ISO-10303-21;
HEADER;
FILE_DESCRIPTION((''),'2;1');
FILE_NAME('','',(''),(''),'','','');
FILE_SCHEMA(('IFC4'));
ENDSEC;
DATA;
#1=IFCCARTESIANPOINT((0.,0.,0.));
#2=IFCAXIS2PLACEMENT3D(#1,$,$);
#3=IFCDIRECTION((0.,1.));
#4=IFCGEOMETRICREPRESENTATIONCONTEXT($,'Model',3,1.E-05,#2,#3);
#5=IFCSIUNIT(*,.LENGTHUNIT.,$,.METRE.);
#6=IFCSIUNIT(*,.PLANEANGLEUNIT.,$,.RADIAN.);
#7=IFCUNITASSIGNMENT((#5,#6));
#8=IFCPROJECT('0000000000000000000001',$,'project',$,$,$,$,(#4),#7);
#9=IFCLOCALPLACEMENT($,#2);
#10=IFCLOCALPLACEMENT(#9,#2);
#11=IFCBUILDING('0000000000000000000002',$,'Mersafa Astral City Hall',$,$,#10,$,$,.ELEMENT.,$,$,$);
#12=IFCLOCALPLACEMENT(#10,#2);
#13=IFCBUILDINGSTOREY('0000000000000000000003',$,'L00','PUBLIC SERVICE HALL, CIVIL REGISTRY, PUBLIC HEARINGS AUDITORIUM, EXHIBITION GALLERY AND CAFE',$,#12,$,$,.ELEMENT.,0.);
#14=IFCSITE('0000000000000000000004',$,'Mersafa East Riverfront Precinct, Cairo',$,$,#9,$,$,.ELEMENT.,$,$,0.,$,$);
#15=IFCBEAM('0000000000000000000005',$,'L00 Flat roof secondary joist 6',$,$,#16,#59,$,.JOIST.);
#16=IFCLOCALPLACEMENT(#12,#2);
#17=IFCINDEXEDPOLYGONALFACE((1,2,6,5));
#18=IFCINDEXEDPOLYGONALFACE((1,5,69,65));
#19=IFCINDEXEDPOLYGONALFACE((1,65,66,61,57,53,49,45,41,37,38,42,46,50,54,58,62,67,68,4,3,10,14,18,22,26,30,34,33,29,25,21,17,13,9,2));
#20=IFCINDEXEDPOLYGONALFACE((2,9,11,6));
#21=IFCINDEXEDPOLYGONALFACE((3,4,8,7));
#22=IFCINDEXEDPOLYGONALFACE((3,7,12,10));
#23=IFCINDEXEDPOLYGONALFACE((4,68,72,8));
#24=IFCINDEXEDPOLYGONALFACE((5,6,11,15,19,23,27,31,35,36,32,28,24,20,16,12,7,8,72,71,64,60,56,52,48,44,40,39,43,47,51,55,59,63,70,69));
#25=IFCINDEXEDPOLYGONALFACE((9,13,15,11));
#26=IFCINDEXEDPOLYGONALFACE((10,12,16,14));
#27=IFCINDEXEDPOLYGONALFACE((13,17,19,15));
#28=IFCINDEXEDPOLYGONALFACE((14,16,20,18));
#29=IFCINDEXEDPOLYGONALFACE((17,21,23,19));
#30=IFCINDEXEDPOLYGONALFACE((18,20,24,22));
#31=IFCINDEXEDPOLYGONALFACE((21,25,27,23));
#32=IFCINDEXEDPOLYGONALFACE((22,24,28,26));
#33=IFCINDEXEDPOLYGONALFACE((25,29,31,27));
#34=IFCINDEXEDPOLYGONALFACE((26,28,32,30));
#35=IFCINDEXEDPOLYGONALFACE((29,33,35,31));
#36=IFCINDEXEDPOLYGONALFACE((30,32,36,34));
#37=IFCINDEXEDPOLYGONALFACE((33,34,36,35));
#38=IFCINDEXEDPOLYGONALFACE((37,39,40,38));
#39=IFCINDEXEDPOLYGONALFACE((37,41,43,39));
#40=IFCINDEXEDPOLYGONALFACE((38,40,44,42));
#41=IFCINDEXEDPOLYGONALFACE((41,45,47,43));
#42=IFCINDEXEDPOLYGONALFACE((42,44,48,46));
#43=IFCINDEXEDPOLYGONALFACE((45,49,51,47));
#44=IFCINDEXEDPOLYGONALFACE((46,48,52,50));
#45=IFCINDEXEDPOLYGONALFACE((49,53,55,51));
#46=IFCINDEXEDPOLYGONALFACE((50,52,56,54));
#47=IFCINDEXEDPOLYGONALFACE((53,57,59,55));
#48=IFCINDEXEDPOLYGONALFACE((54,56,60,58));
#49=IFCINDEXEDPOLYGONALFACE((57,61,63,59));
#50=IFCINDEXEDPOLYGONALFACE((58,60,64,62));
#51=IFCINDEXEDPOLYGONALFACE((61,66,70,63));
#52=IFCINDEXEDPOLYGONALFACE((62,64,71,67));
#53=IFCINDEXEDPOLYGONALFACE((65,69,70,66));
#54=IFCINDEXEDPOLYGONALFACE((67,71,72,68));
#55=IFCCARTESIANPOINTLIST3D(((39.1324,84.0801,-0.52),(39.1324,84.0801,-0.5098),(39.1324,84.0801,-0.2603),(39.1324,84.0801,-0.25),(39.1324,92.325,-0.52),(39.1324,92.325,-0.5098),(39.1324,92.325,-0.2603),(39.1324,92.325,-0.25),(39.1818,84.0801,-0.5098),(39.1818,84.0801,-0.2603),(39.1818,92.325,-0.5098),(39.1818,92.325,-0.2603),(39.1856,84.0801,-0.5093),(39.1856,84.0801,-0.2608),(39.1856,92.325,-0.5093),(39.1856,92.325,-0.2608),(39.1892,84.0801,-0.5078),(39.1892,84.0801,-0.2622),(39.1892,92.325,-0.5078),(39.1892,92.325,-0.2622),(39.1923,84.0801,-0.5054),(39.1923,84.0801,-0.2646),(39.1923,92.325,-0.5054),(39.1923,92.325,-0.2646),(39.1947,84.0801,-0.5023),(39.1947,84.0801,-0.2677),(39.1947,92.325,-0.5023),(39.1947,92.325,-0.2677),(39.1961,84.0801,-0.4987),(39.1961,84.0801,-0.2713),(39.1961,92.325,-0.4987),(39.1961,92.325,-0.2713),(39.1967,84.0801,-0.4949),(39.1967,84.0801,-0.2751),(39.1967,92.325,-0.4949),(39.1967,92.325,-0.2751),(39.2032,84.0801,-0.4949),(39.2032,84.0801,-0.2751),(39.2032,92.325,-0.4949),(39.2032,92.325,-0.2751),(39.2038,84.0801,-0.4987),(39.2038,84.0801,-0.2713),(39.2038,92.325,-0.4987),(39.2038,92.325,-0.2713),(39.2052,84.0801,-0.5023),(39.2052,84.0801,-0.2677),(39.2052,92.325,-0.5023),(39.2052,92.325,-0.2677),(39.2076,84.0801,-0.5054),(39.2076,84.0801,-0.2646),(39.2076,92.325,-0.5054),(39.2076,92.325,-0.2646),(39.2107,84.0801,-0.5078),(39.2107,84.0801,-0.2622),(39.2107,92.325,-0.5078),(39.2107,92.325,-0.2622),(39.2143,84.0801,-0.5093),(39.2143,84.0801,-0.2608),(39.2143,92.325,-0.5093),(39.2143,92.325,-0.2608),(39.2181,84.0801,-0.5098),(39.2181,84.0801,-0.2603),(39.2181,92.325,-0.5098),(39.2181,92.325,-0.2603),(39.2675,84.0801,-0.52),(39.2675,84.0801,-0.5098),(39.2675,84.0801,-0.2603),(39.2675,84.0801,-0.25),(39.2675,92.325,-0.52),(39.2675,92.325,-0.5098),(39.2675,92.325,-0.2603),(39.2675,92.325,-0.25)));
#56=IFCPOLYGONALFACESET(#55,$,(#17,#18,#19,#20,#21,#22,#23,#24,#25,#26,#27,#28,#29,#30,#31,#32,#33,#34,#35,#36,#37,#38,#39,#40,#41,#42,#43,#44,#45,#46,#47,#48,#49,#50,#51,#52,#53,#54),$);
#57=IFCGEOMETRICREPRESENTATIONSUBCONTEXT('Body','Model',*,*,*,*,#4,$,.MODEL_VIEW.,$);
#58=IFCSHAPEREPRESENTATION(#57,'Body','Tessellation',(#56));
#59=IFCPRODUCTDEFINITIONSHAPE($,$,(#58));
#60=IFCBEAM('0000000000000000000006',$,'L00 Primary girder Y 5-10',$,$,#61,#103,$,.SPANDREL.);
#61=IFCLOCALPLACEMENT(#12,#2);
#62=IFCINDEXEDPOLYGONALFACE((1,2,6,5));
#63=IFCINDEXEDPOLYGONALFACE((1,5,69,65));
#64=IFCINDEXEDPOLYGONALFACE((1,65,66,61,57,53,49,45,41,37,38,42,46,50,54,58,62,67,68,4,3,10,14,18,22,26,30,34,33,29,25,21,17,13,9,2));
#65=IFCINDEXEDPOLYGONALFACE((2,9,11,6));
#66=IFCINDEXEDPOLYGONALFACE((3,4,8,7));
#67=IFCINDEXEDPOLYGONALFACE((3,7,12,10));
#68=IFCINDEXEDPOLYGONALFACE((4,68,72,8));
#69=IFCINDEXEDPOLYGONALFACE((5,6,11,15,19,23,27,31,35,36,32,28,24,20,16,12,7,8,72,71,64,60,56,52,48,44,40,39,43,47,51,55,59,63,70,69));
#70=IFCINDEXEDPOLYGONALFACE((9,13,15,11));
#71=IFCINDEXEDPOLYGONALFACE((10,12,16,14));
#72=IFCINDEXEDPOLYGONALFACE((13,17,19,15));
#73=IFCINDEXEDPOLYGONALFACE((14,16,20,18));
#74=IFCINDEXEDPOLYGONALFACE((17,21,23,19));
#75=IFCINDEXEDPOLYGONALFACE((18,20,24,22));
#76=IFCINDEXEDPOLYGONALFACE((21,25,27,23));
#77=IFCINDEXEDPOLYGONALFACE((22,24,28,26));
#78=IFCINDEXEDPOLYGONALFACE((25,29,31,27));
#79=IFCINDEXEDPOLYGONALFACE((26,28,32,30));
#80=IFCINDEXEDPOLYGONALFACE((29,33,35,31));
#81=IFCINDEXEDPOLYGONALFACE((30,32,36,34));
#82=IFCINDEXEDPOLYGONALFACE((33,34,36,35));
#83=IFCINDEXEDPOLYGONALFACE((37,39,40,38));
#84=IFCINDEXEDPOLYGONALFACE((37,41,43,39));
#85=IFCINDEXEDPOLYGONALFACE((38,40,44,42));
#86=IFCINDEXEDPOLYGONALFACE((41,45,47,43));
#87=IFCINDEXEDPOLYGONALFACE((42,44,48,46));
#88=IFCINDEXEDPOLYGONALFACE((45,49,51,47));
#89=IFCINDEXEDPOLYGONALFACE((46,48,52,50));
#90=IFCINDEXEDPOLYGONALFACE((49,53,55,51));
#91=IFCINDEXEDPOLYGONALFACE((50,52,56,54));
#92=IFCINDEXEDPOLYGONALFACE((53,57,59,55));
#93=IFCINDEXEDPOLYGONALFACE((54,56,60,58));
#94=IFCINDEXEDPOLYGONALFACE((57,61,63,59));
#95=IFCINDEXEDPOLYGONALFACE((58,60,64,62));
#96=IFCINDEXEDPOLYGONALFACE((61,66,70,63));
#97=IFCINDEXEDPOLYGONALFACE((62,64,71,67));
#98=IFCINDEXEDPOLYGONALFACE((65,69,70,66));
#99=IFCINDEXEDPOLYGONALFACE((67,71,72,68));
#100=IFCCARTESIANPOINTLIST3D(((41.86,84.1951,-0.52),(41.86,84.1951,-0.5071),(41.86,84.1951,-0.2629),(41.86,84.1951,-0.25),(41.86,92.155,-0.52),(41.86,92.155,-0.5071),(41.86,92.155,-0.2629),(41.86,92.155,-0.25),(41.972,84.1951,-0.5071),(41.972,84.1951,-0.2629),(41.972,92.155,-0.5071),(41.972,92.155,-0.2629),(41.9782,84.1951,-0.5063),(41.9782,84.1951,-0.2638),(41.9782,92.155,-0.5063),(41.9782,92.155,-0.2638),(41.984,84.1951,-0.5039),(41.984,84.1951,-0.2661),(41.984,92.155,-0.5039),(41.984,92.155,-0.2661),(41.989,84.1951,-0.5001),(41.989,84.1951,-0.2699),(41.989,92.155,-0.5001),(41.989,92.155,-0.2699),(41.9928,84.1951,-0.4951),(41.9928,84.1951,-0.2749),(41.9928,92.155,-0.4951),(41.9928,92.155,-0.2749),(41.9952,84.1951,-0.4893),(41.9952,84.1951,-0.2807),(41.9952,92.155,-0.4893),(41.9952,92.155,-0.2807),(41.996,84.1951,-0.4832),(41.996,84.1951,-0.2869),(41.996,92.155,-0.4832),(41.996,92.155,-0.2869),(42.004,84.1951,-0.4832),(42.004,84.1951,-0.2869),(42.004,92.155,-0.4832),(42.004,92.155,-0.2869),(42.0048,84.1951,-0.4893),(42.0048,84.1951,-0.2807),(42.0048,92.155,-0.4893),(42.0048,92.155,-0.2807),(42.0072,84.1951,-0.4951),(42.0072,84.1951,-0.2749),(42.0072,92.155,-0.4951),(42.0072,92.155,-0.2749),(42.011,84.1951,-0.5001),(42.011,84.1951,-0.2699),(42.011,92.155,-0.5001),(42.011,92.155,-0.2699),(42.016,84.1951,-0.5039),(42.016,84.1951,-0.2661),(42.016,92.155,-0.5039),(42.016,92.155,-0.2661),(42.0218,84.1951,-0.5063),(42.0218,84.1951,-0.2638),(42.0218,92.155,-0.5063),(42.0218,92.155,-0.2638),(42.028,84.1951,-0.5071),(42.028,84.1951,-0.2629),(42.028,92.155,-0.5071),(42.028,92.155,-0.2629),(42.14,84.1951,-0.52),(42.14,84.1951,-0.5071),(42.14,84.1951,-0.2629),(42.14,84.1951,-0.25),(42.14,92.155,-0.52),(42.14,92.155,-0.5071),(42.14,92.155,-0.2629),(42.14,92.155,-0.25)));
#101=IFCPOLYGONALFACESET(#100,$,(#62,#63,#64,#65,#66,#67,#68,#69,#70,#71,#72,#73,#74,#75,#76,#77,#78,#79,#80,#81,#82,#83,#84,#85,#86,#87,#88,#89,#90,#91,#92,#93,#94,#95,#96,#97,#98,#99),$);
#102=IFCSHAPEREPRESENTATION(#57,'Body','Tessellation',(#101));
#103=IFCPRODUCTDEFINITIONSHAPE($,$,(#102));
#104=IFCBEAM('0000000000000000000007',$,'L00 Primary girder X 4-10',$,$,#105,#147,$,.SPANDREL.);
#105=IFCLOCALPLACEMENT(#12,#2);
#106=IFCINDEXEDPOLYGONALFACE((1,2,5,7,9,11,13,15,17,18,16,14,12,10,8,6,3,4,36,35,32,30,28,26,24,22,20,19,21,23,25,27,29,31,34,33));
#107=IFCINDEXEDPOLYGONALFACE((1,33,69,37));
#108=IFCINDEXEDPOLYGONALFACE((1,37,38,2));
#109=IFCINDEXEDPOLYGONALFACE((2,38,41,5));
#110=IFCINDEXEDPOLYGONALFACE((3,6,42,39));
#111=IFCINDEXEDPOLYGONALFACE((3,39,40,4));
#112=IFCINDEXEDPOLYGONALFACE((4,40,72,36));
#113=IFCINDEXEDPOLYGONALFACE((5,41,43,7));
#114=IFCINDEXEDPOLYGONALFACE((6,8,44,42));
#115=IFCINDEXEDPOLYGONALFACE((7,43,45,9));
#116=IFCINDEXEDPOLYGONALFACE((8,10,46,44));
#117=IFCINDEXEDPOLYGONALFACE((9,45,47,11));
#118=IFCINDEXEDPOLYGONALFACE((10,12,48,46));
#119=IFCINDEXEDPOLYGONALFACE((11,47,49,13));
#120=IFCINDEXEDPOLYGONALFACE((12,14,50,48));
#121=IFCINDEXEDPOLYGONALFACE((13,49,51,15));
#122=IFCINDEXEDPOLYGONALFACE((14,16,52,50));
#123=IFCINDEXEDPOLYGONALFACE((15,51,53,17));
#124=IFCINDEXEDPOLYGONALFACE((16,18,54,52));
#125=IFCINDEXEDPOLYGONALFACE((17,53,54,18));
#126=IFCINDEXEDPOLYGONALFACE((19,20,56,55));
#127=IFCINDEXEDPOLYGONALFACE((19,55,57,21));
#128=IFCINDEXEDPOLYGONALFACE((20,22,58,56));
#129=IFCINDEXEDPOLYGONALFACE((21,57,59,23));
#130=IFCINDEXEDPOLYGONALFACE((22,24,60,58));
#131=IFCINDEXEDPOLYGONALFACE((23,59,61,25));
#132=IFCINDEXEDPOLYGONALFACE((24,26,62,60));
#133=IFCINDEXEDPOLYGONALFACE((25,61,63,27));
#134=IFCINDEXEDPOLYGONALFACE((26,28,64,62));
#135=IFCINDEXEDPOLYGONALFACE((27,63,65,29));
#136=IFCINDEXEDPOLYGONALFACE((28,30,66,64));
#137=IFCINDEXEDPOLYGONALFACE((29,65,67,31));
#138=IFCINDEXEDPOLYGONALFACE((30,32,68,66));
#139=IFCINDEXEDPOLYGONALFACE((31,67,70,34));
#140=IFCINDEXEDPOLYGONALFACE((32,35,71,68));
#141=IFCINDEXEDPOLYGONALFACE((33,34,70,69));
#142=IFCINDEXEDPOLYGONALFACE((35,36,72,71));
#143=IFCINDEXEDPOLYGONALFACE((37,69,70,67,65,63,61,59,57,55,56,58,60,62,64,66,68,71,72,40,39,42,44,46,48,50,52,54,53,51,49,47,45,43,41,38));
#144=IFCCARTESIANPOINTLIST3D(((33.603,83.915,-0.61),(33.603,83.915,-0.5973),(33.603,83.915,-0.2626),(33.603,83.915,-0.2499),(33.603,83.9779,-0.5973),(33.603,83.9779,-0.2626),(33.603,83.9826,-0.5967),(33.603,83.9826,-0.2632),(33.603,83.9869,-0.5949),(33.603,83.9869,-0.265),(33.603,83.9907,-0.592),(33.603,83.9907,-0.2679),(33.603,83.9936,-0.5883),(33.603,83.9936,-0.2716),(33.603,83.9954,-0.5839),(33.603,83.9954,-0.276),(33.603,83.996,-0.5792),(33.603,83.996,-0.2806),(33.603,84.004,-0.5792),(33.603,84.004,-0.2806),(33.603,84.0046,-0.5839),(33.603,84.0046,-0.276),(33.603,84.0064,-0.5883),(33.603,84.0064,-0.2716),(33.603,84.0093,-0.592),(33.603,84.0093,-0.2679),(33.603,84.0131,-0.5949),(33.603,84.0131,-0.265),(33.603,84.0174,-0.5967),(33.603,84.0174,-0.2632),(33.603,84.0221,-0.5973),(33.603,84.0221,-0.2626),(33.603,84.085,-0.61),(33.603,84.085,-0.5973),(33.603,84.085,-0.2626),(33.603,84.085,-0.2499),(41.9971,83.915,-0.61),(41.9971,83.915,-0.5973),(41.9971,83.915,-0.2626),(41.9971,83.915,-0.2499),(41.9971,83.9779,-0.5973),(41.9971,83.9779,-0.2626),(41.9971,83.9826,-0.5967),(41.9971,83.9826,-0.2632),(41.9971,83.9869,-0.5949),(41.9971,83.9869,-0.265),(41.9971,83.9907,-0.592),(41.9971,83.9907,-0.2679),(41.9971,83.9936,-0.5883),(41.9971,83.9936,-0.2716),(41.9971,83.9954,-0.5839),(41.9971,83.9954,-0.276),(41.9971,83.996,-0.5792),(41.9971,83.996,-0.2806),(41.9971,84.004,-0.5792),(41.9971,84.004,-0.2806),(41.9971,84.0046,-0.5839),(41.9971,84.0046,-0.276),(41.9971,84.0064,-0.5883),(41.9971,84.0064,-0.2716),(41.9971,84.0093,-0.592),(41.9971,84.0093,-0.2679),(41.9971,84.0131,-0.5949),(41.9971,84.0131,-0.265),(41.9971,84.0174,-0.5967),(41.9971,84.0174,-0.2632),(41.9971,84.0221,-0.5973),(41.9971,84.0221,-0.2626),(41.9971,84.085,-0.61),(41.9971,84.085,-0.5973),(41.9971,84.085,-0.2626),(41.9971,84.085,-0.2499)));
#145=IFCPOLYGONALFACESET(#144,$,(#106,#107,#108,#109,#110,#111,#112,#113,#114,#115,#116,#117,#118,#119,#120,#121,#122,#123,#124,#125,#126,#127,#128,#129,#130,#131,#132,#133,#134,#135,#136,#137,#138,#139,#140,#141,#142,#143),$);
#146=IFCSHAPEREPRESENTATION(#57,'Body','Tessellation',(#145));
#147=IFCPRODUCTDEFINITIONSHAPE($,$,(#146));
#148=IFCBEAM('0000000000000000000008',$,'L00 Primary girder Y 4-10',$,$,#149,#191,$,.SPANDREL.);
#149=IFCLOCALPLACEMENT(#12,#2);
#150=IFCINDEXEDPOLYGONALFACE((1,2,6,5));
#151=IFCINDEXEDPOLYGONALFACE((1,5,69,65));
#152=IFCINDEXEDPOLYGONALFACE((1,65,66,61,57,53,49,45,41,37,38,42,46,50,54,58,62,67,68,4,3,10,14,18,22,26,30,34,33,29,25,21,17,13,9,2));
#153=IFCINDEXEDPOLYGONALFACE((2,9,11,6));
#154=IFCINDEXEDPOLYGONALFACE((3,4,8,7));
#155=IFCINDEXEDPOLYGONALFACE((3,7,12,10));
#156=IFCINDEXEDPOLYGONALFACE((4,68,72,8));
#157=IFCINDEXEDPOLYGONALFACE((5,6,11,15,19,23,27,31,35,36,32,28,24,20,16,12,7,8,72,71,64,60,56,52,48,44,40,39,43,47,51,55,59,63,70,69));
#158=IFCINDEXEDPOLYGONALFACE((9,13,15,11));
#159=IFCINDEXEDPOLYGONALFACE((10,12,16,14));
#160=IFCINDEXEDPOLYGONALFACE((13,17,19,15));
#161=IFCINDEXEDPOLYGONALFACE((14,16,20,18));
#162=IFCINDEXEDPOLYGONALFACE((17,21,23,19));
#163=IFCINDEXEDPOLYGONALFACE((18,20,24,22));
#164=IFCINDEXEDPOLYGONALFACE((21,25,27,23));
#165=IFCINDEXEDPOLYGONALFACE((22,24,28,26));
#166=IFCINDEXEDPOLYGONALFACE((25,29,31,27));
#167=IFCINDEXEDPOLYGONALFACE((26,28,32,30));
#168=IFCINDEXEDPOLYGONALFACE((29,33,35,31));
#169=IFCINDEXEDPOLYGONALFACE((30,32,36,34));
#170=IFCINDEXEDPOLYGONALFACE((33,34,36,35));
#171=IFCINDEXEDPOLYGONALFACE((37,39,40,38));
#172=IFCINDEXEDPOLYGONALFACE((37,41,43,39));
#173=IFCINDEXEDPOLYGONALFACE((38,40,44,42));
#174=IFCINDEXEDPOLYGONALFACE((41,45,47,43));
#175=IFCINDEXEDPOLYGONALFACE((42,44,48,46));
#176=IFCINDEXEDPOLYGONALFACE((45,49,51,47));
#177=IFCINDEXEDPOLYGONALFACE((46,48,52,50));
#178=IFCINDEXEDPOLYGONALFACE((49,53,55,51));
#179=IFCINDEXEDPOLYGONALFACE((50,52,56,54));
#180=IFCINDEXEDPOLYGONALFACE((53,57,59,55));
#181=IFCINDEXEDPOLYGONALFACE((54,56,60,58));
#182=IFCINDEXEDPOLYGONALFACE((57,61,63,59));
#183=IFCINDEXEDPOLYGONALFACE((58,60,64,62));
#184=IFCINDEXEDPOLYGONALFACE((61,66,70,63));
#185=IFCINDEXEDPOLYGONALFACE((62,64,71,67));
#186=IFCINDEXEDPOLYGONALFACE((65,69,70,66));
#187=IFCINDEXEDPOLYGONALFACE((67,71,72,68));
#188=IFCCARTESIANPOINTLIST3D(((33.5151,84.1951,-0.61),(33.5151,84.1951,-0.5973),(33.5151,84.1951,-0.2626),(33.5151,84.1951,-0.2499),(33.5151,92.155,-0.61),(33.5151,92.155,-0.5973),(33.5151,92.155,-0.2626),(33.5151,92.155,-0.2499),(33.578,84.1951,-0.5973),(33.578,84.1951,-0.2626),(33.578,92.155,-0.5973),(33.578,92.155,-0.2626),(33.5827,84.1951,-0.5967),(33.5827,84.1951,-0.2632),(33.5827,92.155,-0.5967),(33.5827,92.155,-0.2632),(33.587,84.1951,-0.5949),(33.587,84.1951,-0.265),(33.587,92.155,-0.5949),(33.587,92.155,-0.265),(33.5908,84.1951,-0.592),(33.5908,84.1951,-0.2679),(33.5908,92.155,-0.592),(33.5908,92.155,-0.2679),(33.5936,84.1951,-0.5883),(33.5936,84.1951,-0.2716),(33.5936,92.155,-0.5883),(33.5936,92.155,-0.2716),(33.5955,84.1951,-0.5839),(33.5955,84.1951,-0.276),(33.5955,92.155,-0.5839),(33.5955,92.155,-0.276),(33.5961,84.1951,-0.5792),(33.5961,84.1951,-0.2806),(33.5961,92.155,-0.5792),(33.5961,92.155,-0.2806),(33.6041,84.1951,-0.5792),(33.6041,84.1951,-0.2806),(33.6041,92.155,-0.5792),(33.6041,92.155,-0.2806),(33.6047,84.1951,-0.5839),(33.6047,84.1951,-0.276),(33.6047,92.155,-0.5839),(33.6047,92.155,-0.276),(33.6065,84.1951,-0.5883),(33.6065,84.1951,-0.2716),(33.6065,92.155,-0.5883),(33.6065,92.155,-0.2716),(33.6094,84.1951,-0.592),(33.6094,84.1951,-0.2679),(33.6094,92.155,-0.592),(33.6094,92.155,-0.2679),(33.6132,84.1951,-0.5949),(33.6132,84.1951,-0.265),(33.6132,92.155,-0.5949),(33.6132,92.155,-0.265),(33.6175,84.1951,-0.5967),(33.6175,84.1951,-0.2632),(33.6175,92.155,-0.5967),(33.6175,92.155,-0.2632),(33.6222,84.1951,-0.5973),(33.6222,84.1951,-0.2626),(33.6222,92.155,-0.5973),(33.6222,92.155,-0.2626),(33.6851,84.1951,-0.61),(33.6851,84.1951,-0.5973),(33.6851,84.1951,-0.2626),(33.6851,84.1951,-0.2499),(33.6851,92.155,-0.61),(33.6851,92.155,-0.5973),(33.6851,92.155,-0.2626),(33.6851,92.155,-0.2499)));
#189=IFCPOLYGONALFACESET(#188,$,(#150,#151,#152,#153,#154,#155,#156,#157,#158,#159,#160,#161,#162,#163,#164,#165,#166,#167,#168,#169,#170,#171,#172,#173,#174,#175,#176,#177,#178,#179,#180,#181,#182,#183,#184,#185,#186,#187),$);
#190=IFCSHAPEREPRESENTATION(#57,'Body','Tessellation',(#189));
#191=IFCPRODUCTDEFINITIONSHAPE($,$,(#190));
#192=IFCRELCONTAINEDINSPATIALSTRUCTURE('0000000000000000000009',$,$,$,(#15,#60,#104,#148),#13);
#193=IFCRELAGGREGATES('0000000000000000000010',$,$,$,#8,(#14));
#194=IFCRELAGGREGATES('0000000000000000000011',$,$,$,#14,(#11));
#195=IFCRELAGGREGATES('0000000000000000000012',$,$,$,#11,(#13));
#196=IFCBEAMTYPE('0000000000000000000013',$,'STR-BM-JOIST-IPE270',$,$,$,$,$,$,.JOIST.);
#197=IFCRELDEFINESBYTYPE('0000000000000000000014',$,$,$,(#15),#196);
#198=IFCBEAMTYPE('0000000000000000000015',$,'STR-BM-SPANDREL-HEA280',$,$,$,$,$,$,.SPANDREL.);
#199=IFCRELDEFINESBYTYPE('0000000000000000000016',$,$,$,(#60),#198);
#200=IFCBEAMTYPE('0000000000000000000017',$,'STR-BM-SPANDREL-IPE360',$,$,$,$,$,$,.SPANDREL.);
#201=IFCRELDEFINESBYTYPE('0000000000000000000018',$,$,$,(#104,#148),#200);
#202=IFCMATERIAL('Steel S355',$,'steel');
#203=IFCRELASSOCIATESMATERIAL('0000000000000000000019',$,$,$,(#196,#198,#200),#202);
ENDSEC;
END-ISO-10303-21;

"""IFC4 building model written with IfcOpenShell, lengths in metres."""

from ifc_helpers import new_model, si_unit, direction, frame, origin, origin_2d, place, context, subcontext, project, spatial, i_section, extrude, material, material_profile, profile_set, type_object, element, save


model = new_model("IFC4")

# Units and contexts
model_context = context("Model", 3, precision=1e-05, world=origin(), true_north=direction((0.0, 1.0)))
body_context = subcontext(model_context, "Body", "Model", "MODEL_VIEW")
ifc_project = project(units=[si_unit("LENGTHUNIT", "METRE"), si_unit("PLANEANGLEUNIT", "RADIAN")], contexts=[model_context])

# Site, building, storey
site_placement = place(None, origin())
site = spatial("IfcSite", under=ifc_project, at=site_placement, Name="Mersafa East Riverfront Precinct, Cairo", CompositionType="ELEMENT", RefElevation=0.0)
building_placement = place(site_placement, origin())
building = spatial("IfcBuilding", under=site, at=building_placement, Name="Mersafa Astral City Hall", CompositionType="ELEMENT")
storey_placement = place(building_placement, origin())
storey = spatial("IfcBuildingStorey", under=building, at=storey_placement, Name="L00", Description="PUBLIC SERVICE HALL, CIVIL REGISTRY, PUBLIC HEARINGS AUDITORIUM, EXHIBITION GALLERY AND CAFE", CompositionType="ELEMENT", Elevation=0.0)

# Shared definitions
ifc_material_1 = material(Name="Steel S355", Category="steel")

# Beams
ifc_material_profile_1 = material_profile(ifc_material_1, i_section(OverallWidth=0.135, OverallDepth=0.27, WebThickness=0.0066, FlangeThickness=0.0103, FilletRadius=0.0149, at=origin_2d()), Name="IPE 270")
ifc_profile_set_1 = profile_set([ifc_material_profile_1], Name="Steel S355")
beam_type_1 = type_object("IfcBeamType", Name="STR-BM-JOIST-IPE270", PredefinedType="JOIST", material=ifc_profile_set_1)
for number, where, z_axis, x_axis, name in (
    (1, (39.2, 84.0801, -0.385), (0.0, 1.0, 0.0), (-1.0, 0.0, 0.0), "L00 Flat roof secondary joist 6"),
):
    element("IfcBeam", number, at=place(storey_placement, frame(where, z_axis=z_axis, x_axis=x_axis)), inside=storey, type_object=beam_type_1, Name=name, PredefinedType="JOIST", context=body_context, shape_type="SweptSolid", body=[
        extrude(i_section(OverallWidth=0.135, OverallDepth=0.27, WebThickness=0.0066, FlangeThickness=0.0103, FilletRadius=0.0149, at=origin_2d()), origin(), (0.0, 0.0, 1.0), 8.2449),
    ])
ifc_material_profile_2 = material_profile(ifc_material_1, i_section(OverallWidth=0.28, OverallDepth=0.27, WebThickness=0.0081, FlangeThickness=0.0129, FilletRadius=0.0239, at=origin_2d()), Name="HEA 280")
ifc_profile_set_2 = profile_set([ifc_material_profile_2], Name="Steel S355")
beam_type_2 = type_object("IfcBeamType", Name="STR-BM-SPANDREL-HEA280", PredefinedType="SPANDREL", material=ifc_profile_set_2)
beam_1_placement = place(storey_placement, frame((42.0, 84.1951, -0.385), z_axis=(0.0, 1.0, 0.0), x_axis=(-1.0, 0.0, 0.0)))
element("IfcBeam", 2, at=beam_1_placement, inside=storey, type_object=beam_type_2, Name="L00 Primary girder Y 5-10", PredefinedType="SPANDREL", context=body_context, shape_type="SweptSolid", body=[
    extrude(i_section(OverallWidth=0.28, OverallDepth=0.27, WebThickness=0.0081, FlangeThickness=0.0129, FilletRadius=0.0239, at=origin_2d()), origin(), (0.0, 0.0, 1.0), 7.96),
])
ifc_material_profile_3 = material_profile(ifc_material_1, i_section(OverallWidth=0.1699, OverallDepth=0.3601, WebThickness=0.0081, FlangeThickness=0.0127, FilletRadius=0.0181, at=origin_2d()), Name="IPE 360")
ifc_profile_set_3 = profile_set([ifc_material_profile_3], Name="Steel S355")
beam_type_3 = type_object("IfcBeamType", Name="STR-BM-SPANDREL-IPE360", PredefinedType="SPANDREL", material=ifc_profile_set_3)
beam_2_placement = place(storey_placement, frame((33.603, 84.0, -0.4299), z_axis=(1.0, 0.0, 0.0), x_axis=(0.0, 1.0, 0.0)))
element("IfcBeam", 3, at=beam_2_placement, inside=storey, type_object=beam_type_3, Name="L00 Primary girder X 4-10", PredefinedType="SPANDREL", context=body_context, shape_type="SweptSolid", body=[
    extrude(i_section(OverallWidth=0.1699, OverallDepth=0.3601, WebThickness=0.0081, FlangeThickness=0.0127, FilletRadius=0.0181, at=origin_2d()), origin(), (0.0, 0.0, 1.0), 8.394),
])
beam_3_placement = place(storey_placement, frame((33.6001, 84.1951, -0.4299), z_axis=(0.0, 1.0, 0.0), x_axis=(-1.0, 0.0, 0.0)))
element("IfcBeam", 4, at=beam_3_placement, inside=storey, type_object=beam_type_3, Name="L00 Primary girder Y 4-10", PredefinedType="SPANDREL", context=body_context, shape_type="SweptSolid", body=[
    extrude(i_section(OverallWidth=0.1699, OverallDepth=0.3601, WebThickness=0.0081, FlangeThickness=0.0127, FilletRadius=0.0181, at=origin_2d()), origin(), (0.0, 0.0, 1.0), 7.96),
])

save(model, "model.ifc")
